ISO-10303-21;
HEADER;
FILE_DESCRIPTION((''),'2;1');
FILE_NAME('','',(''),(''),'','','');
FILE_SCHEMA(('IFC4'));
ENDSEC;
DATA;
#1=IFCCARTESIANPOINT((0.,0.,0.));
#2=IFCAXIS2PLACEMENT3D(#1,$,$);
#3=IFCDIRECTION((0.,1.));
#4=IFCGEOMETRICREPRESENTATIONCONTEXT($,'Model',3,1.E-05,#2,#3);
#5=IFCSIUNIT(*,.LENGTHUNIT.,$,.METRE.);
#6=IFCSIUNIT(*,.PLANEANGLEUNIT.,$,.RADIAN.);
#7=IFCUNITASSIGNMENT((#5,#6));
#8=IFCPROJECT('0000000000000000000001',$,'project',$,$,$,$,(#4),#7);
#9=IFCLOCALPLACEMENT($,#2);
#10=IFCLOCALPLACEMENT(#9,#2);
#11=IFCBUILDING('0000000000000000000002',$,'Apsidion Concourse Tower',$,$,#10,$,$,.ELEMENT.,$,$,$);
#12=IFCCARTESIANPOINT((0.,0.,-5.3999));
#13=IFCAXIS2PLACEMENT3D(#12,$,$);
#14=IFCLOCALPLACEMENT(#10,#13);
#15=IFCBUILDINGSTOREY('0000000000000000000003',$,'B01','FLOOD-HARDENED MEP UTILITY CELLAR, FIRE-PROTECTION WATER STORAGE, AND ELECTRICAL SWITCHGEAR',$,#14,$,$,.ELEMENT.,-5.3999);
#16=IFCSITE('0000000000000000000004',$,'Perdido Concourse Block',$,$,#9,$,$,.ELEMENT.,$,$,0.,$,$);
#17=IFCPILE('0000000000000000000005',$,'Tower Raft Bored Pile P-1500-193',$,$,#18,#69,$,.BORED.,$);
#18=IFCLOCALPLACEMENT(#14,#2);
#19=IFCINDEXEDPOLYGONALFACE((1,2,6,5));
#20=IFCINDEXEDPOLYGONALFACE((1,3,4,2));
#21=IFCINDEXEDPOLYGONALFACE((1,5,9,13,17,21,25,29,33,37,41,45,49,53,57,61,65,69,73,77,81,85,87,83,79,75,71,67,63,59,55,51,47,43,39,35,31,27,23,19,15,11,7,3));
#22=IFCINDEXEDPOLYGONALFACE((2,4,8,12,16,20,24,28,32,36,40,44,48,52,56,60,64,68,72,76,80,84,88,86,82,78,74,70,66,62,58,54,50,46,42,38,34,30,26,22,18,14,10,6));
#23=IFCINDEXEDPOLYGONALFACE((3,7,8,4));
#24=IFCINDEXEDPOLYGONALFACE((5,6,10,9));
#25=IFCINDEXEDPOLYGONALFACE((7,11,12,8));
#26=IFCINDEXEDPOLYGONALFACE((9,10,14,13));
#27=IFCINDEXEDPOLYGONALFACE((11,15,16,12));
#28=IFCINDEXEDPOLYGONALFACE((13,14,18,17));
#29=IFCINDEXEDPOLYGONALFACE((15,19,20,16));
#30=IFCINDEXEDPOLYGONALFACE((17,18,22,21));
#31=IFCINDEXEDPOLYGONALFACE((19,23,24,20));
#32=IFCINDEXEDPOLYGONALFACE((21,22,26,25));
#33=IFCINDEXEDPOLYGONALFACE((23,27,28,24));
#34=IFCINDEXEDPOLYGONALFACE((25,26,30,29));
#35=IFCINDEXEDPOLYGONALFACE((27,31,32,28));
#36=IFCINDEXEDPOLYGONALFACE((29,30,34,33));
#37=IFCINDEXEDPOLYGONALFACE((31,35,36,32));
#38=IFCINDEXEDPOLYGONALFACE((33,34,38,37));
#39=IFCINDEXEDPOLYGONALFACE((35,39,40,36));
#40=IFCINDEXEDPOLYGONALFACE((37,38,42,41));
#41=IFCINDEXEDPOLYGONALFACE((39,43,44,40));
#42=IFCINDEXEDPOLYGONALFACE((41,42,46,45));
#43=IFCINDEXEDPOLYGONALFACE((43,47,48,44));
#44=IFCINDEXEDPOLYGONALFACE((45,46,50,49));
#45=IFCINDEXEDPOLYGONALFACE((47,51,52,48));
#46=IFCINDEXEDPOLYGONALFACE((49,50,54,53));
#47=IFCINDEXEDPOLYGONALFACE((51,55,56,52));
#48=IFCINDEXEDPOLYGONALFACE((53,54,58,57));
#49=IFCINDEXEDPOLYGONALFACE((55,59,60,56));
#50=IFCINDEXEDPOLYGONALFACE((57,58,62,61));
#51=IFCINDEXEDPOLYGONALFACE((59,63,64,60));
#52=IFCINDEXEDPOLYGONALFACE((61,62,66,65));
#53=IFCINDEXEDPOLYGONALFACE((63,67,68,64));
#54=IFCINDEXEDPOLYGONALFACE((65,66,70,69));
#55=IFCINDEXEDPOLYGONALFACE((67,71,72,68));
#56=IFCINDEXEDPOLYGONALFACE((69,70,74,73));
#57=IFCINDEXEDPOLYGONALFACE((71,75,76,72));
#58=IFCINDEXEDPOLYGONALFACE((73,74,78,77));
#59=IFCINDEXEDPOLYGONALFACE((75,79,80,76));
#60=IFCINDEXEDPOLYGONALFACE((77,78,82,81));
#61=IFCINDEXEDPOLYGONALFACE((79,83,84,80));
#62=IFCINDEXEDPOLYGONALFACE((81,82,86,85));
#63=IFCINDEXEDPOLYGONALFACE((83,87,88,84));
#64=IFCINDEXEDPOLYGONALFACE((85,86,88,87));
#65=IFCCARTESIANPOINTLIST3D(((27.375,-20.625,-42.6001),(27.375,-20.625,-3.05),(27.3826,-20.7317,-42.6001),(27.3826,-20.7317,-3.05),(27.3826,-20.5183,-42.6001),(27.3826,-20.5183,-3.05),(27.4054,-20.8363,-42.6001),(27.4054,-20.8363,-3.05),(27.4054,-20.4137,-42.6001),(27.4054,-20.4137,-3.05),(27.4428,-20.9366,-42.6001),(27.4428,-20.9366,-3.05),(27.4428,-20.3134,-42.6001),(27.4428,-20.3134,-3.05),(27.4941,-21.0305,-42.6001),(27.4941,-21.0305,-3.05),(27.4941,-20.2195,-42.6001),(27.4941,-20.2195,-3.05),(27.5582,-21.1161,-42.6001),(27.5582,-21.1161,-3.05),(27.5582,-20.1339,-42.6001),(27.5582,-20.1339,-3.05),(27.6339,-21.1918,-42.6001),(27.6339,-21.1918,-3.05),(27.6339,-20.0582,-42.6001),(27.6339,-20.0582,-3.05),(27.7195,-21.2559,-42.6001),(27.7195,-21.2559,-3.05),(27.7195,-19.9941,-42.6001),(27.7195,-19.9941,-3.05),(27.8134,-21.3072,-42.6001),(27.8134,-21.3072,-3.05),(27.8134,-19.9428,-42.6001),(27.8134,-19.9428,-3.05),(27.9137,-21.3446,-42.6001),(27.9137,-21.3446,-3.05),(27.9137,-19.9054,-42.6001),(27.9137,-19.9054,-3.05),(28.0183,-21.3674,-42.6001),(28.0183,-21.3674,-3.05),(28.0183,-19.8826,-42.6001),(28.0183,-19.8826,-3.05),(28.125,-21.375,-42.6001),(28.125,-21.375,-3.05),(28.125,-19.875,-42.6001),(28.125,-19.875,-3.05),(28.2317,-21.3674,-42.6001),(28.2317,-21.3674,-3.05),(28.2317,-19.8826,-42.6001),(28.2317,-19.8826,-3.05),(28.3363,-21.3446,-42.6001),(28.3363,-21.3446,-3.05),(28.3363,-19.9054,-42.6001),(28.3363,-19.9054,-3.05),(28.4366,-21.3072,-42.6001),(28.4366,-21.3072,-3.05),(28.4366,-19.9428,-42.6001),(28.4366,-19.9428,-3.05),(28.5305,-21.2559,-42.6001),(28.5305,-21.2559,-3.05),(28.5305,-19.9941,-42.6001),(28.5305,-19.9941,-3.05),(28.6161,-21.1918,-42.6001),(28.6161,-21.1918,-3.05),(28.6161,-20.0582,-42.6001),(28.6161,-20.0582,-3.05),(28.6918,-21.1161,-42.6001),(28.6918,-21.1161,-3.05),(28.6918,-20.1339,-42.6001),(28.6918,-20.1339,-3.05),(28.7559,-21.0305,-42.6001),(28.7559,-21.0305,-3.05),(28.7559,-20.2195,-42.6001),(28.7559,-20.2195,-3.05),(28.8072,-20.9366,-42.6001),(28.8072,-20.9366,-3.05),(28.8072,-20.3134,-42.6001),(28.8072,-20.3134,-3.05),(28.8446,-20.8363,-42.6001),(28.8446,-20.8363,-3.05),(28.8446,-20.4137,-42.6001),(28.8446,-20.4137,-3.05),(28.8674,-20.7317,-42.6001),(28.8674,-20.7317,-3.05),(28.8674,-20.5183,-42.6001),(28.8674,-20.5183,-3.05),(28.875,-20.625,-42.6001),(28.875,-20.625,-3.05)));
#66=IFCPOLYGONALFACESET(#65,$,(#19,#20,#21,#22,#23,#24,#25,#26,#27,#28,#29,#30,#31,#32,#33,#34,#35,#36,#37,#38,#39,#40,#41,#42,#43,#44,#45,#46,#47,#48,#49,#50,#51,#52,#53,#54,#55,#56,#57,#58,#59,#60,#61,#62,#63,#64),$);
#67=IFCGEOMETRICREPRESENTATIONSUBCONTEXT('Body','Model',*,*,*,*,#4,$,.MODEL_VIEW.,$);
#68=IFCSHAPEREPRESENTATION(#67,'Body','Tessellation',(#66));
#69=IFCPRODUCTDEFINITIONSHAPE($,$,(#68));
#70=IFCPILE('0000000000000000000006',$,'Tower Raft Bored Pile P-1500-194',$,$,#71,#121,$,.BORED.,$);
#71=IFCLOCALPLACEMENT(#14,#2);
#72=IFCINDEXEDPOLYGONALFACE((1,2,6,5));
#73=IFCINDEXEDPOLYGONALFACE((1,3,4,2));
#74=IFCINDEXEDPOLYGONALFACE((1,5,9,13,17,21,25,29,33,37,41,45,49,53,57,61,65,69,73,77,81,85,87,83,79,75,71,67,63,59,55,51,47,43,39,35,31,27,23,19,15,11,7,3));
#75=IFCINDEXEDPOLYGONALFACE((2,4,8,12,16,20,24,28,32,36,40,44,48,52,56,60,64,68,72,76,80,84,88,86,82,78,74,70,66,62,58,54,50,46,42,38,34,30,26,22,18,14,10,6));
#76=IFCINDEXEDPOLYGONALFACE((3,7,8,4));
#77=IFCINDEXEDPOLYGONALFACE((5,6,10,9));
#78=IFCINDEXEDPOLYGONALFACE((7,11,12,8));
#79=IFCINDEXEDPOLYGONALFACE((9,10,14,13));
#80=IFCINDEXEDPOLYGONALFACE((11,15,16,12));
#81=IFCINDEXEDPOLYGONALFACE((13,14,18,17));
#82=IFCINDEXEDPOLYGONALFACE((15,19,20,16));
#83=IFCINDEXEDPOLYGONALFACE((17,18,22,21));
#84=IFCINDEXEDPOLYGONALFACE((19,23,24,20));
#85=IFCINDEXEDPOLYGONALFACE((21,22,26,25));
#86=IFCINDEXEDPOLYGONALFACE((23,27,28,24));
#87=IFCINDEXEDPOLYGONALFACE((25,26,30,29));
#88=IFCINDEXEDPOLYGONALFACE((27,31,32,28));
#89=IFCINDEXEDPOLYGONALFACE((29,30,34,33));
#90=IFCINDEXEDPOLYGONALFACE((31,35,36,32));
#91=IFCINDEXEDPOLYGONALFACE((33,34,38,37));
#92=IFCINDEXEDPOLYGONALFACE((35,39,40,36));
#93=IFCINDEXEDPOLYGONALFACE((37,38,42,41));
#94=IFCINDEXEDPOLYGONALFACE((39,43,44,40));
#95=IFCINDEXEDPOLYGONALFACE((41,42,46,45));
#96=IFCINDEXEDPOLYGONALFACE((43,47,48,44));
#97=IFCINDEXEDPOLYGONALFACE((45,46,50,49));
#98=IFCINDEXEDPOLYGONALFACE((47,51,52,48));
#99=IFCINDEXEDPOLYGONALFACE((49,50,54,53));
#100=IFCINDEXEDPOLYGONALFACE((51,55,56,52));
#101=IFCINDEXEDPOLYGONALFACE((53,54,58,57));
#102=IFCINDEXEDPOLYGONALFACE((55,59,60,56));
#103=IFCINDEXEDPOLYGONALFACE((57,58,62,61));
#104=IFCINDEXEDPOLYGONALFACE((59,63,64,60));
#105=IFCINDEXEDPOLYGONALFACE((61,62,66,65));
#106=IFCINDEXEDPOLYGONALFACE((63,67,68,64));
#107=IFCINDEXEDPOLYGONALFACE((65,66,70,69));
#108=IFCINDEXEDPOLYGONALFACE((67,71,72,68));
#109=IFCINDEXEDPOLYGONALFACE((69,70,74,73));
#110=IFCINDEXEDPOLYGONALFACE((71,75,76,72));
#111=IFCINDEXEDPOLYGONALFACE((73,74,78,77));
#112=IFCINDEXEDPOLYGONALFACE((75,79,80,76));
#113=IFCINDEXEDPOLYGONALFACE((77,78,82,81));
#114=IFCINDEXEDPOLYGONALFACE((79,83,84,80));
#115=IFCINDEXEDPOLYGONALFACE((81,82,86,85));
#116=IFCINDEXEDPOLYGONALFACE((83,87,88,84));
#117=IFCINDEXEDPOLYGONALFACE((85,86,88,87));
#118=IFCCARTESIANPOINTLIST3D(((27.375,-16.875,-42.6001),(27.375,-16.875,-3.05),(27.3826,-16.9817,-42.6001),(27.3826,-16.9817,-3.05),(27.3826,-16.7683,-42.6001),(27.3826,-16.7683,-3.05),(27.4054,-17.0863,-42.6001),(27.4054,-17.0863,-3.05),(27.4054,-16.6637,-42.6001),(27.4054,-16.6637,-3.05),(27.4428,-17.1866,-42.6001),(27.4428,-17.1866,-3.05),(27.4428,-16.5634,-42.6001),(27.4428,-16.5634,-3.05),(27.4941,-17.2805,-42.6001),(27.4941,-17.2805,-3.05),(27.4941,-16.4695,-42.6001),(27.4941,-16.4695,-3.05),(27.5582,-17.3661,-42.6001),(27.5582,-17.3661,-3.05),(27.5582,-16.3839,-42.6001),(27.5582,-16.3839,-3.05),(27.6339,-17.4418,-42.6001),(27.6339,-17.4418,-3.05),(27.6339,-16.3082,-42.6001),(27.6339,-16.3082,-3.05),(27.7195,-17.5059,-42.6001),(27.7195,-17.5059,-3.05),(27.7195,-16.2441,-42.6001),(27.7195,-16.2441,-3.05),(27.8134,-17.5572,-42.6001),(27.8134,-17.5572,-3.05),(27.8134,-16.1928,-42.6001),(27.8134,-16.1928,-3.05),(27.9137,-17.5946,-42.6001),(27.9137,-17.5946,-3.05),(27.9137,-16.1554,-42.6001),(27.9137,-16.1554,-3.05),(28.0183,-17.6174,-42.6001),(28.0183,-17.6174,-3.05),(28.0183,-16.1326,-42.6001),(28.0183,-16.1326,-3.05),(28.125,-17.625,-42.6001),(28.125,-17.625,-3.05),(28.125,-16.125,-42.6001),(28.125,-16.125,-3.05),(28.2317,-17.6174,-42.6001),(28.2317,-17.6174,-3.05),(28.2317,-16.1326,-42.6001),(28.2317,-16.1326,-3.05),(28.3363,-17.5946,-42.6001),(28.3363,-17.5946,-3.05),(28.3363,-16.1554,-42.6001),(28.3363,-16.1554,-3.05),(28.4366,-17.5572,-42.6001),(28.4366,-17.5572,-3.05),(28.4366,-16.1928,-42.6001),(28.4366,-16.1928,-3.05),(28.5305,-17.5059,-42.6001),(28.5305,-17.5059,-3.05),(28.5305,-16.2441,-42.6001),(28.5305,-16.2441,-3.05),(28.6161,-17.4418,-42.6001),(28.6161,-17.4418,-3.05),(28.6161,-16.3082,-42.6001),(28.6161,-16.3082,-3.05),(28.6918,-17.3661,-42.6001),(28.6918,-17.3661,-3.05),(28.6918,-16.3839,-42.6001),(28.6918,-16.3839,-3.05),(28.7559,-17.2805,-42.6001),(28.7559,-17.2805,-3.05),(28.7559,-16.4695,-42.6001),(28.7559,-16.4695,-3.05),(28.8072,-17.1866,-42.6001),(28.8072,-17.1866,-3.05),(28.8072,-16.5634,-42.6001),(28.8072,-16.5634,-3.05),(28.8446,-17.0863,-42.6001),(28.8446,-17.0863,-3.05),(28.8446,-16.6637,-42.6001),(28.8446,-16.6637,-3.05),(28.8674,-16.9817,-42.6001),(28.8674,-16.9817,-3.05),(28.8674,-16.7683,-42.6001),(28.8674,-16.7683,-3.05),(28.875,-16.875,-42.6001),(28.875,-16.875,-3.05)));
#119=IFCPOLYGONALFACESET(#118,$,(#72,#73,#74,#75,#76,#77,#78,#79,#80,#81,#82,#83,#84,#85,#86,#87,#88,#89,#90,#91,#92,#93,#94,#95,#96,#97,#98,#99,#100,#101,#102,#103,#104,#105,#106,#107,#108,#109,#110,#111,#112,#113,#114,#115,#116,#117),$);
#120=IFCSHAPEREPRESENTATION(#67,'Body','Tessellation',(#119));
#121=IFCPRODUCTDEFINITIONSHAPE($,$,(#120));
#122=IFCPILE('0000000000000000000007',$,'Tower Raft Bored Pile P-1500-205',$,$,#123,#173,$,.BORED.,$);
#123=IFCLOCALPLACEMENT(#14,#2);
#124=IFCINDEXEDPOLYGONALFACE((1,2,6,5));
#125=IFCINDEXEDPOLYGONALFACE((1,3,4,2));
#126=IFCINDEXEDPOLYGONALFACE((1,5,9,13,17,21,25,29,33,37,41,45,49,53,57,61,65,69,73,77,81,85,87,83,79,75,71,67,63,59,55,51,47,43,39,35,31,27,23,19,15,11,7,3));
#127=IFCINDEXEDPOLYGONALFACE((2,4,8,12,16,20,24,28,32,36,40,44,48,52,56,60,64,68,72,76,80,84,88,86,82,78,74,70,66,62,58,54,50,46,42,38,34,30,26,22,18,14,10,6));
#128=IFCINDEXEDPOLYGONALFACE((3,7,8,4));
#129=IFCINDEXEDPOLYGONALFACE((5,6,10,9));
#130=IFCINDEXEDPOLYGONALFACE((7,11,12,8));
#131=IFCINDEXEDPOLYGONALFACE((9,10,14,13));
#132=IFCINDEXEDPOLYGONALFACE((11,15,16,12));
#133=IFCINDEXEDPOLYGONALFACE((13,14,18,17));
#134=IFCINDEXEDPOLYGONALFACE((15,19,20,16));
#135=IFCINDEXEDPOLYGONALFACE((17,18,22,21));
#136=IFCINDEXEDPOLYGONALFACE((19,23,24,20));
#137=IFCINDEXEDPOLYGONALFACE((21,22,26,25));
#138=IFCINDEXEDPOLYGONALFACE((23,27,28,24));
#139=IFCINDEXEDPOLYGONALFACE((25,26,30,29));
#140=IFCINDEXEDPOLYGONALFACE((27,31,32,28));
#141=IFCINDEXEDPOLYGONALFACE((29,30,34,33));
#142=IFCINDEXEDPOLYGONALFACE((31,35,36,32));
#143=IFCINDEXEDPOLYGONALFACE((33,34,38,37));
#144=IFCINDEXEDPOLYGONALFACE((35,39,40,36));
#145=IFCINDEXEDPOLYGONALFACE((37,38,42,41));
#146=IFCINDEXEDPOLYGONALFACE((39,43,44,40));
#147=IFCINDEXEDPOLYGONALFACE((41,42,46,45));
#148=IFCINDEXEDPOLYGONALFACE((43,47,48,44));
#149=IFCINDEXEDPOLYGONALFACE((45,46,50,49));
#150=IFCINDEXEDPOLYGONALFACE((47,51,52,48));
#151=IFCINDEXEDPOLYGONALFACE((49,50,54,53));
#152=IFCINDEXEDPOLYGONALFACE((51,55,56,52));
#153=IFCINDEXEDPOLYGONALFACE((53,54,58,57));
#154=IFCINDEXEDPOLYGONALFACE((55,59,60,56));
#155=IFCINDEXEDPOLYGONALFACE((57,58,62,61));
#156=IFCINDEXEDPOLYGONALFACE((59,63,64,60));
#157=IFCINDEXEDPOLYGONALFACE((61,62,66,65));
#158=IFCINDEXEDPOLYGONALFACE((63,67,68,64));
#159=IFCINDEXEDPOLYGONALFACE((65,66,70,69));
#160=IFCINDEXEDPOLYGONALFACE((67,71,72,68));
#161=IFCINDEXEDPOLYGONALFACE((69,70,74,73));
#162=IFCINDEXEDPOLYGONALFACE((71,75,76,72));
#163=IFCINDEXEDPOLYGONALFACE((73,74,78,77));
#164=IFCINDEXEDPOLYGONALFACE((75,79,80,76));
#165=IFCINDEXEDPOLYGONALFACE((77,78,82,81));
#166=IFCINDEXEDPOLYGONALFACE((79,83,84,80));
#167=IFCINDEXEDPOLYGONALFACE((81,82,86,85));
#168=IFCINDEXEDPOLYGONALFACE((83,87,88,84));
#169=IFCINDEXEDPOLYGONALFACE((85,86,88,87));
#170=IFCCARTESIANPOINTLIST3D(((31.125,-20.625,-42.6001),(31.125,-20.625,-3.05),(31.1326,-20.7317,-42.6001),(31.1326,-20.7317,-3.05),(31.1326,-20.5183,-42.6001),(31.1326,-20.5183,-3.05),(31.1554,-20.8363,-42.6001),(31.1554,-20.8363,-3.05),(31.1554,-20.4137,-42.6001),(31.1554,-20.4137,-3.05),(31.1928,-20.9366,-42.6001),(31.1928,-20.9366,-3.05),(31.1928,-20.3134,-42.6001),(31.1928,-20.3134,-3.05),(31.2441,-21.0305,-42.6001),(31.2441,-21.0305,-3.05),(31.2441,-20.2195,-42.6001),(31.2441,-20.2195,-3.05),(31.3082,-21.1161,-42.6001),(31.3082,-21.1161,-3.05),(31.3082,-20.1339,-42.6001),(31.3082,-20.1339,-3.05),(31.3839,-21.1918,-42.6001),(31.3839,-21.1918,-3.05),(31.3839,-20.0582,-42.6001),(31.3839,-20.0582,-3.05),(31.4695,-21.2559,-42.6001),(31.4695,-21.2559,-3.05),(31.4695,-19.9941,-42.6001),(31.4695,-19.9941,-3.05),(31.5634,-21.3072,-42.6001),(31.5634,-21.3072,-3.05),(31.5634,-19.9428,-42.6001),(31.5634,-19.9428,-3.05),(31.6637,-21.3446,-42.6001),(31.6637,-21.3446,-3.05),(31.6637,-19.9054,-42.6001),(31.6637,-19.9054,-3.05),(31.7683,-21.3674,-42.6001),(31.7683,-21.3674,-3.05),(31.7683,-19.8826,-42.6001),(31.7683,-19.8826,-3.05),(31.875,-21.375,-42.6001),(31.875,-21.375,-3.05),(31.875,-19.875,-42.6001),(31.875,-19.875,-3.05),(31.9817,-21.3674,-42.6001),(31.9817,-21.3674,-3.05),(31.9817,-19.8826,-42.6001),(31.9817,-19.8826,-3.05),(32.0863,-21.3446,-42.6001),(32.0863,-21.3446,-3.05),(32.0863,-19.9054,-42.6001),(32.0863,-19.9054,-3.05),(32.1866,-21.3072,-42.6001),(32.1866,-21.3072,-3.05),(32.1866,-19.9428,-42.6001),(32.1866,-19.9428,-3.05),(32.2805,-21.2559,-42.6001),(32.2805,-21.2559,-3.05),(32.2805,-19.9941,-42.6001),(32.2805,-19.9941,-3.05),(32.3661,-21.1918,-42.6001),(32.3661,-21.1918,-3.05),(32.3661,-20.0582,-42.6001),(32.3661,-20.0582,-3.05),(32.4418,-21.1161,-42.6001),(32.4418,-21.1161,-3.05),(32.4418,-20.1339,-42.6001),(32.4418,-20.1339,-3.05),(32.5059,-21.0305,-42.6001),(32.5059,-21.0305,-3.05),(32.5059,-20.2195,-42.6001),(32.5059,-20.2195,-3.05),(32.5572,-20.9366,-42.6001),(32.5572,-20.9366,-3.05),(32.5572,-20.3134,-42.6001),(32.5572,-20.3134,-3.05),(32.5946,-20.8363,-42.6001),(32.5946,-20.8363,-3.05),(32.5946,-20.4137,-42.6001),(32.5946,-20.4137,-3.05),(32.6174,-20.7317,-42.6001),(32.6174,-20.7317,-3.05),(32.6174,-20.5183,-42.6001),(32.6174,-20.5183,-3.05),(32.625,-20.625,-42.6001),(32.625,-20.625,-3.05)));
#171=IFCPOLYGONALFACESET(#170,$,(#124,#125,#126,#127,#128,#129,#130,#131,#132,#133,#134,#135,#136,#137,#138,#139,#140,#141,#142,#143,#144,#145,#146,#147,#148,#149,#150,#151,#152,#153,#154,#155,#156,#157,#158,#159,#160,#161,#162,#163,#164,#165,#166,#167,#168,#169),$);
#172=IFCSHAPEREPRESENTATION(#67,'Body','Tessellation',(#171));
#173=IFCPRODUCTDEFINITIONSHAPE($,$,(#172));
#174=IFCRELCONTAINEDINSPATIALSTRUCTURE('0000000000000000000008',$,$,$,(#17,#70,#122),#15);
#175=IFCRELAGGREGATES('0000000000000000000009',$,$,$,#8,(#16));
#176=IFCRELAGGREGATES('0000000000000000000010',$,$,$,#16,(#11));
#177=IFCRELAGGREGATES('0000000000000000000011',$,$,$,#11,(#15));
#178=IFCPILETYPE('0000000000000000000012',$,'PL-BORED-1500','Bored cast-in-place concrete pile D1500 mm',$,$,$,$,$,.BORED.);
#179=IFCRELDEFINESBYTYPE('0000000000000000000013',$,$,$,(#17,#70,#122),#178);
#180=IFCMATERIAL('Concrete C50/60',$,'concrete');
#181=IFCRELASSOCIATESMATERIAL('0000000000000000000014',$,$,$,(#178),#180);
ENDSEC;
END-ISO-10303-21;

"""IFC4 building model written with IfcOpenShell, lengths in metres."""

from ifc_helpers import new_model, si_unit, direction, frame, origin, origin_2d, place, context, subcontext, project, spatial, circle, extrude, material, material_profile, profile_set, type_object, element, save


model = new_model("IFC4")

# Units and contexts
model_context = context("Model", 3, precision=1e-05, world=origin(), true_north=direction((0.0, 1.0)))
body_context = subcontext(model_context, "Body", "Model", "MODEL_VIEW")
ifc_project = project(units=[si_unit("LENGTHUNIT", "METRE"), si_unit("PLANEANGLEUNIT", "RADIAN")], contexts=[model_context])

# Site, building, storey
site_placement = place(None, origin())
site = spatial("IfcSite", under=ifc_project, at=site_placement, Name="Perdido Concourse Block", CompositionType="ELEMENT", RefElevation=0.0)
building_placement = place(site_placement, origin())
building = spatial("IfcBuilding", under=site, at=building_placement, Name="Apsidion Concourse Tower", CompositionType="ELEMENT")
storey_placement = place(building_placement, frame((0.0, 0.0, -5.3999)))
storey = spatial("IfcBuildingStorey", under=building, at=storey_placement, Name="B01", Description="FLOOD-HARDENED MEP UTILITY CELLAR, FIRE-PROTECTION WATER STORAGE, AND ELECTRICAL SWITCHGEAR", CompositionType="ELEMENT", Elevation=-5.3999)

# Shared definitions
ifc_material_1 = material(Name="Concrete C50/60", Category="concrete")

# Piles
ifc_material_profile_1 = material_profile(ifc_material_1, circle(Radius=0.75, at=origin_2d()), Name="BORED PILE D1500")
ifc_profile_set_1 = profile_set([ifc_material_profile_1], Name="Concrete C50/60")
pile_type_1 = type_object("IfcPileType", Name="PL-BORED-1500", Description="Bored cast-in-place concrete pile D1500 mm", PredefinedType="BORED", material=ifc_profile_set_1)
for number, where, z_axis, x_axis, name in (
    (1, (28.125, -20.625, -3.05), (0.0, 0.0, -1.0), (1.0, 0.0, 0.0), "Tower Raft Bored Pile P-1500-193"),
    (2, (28.125, -16.875, -3.05), (0.0, 0.0, -1.0), (1.0, 0.0, 0.0), "Tower Raft Bored Pile P-1500-194"),
    (3, (31.875, -20.625, -3.05), (0.0, 0.0, -1.0), (1.0, 0.0, 0.0), "Tower Raft Bored Pile P-1500-205"),
):
    element("IfcPile", number, at=place(storey_placement, frame(where, z_axis=z_axis, x_axis=x_axis)), inside=storey, type_object=pile_type_1, Name=name, PredefinedType="BORED", context=body_context, shape_type="SweptSolid", body=[
        extrude(circle(Radius=0.75, at=origin_2d()), origin(), (0.0, 0.0, 1.0), 39.55),
    ])

save(model, "model.ifc")
